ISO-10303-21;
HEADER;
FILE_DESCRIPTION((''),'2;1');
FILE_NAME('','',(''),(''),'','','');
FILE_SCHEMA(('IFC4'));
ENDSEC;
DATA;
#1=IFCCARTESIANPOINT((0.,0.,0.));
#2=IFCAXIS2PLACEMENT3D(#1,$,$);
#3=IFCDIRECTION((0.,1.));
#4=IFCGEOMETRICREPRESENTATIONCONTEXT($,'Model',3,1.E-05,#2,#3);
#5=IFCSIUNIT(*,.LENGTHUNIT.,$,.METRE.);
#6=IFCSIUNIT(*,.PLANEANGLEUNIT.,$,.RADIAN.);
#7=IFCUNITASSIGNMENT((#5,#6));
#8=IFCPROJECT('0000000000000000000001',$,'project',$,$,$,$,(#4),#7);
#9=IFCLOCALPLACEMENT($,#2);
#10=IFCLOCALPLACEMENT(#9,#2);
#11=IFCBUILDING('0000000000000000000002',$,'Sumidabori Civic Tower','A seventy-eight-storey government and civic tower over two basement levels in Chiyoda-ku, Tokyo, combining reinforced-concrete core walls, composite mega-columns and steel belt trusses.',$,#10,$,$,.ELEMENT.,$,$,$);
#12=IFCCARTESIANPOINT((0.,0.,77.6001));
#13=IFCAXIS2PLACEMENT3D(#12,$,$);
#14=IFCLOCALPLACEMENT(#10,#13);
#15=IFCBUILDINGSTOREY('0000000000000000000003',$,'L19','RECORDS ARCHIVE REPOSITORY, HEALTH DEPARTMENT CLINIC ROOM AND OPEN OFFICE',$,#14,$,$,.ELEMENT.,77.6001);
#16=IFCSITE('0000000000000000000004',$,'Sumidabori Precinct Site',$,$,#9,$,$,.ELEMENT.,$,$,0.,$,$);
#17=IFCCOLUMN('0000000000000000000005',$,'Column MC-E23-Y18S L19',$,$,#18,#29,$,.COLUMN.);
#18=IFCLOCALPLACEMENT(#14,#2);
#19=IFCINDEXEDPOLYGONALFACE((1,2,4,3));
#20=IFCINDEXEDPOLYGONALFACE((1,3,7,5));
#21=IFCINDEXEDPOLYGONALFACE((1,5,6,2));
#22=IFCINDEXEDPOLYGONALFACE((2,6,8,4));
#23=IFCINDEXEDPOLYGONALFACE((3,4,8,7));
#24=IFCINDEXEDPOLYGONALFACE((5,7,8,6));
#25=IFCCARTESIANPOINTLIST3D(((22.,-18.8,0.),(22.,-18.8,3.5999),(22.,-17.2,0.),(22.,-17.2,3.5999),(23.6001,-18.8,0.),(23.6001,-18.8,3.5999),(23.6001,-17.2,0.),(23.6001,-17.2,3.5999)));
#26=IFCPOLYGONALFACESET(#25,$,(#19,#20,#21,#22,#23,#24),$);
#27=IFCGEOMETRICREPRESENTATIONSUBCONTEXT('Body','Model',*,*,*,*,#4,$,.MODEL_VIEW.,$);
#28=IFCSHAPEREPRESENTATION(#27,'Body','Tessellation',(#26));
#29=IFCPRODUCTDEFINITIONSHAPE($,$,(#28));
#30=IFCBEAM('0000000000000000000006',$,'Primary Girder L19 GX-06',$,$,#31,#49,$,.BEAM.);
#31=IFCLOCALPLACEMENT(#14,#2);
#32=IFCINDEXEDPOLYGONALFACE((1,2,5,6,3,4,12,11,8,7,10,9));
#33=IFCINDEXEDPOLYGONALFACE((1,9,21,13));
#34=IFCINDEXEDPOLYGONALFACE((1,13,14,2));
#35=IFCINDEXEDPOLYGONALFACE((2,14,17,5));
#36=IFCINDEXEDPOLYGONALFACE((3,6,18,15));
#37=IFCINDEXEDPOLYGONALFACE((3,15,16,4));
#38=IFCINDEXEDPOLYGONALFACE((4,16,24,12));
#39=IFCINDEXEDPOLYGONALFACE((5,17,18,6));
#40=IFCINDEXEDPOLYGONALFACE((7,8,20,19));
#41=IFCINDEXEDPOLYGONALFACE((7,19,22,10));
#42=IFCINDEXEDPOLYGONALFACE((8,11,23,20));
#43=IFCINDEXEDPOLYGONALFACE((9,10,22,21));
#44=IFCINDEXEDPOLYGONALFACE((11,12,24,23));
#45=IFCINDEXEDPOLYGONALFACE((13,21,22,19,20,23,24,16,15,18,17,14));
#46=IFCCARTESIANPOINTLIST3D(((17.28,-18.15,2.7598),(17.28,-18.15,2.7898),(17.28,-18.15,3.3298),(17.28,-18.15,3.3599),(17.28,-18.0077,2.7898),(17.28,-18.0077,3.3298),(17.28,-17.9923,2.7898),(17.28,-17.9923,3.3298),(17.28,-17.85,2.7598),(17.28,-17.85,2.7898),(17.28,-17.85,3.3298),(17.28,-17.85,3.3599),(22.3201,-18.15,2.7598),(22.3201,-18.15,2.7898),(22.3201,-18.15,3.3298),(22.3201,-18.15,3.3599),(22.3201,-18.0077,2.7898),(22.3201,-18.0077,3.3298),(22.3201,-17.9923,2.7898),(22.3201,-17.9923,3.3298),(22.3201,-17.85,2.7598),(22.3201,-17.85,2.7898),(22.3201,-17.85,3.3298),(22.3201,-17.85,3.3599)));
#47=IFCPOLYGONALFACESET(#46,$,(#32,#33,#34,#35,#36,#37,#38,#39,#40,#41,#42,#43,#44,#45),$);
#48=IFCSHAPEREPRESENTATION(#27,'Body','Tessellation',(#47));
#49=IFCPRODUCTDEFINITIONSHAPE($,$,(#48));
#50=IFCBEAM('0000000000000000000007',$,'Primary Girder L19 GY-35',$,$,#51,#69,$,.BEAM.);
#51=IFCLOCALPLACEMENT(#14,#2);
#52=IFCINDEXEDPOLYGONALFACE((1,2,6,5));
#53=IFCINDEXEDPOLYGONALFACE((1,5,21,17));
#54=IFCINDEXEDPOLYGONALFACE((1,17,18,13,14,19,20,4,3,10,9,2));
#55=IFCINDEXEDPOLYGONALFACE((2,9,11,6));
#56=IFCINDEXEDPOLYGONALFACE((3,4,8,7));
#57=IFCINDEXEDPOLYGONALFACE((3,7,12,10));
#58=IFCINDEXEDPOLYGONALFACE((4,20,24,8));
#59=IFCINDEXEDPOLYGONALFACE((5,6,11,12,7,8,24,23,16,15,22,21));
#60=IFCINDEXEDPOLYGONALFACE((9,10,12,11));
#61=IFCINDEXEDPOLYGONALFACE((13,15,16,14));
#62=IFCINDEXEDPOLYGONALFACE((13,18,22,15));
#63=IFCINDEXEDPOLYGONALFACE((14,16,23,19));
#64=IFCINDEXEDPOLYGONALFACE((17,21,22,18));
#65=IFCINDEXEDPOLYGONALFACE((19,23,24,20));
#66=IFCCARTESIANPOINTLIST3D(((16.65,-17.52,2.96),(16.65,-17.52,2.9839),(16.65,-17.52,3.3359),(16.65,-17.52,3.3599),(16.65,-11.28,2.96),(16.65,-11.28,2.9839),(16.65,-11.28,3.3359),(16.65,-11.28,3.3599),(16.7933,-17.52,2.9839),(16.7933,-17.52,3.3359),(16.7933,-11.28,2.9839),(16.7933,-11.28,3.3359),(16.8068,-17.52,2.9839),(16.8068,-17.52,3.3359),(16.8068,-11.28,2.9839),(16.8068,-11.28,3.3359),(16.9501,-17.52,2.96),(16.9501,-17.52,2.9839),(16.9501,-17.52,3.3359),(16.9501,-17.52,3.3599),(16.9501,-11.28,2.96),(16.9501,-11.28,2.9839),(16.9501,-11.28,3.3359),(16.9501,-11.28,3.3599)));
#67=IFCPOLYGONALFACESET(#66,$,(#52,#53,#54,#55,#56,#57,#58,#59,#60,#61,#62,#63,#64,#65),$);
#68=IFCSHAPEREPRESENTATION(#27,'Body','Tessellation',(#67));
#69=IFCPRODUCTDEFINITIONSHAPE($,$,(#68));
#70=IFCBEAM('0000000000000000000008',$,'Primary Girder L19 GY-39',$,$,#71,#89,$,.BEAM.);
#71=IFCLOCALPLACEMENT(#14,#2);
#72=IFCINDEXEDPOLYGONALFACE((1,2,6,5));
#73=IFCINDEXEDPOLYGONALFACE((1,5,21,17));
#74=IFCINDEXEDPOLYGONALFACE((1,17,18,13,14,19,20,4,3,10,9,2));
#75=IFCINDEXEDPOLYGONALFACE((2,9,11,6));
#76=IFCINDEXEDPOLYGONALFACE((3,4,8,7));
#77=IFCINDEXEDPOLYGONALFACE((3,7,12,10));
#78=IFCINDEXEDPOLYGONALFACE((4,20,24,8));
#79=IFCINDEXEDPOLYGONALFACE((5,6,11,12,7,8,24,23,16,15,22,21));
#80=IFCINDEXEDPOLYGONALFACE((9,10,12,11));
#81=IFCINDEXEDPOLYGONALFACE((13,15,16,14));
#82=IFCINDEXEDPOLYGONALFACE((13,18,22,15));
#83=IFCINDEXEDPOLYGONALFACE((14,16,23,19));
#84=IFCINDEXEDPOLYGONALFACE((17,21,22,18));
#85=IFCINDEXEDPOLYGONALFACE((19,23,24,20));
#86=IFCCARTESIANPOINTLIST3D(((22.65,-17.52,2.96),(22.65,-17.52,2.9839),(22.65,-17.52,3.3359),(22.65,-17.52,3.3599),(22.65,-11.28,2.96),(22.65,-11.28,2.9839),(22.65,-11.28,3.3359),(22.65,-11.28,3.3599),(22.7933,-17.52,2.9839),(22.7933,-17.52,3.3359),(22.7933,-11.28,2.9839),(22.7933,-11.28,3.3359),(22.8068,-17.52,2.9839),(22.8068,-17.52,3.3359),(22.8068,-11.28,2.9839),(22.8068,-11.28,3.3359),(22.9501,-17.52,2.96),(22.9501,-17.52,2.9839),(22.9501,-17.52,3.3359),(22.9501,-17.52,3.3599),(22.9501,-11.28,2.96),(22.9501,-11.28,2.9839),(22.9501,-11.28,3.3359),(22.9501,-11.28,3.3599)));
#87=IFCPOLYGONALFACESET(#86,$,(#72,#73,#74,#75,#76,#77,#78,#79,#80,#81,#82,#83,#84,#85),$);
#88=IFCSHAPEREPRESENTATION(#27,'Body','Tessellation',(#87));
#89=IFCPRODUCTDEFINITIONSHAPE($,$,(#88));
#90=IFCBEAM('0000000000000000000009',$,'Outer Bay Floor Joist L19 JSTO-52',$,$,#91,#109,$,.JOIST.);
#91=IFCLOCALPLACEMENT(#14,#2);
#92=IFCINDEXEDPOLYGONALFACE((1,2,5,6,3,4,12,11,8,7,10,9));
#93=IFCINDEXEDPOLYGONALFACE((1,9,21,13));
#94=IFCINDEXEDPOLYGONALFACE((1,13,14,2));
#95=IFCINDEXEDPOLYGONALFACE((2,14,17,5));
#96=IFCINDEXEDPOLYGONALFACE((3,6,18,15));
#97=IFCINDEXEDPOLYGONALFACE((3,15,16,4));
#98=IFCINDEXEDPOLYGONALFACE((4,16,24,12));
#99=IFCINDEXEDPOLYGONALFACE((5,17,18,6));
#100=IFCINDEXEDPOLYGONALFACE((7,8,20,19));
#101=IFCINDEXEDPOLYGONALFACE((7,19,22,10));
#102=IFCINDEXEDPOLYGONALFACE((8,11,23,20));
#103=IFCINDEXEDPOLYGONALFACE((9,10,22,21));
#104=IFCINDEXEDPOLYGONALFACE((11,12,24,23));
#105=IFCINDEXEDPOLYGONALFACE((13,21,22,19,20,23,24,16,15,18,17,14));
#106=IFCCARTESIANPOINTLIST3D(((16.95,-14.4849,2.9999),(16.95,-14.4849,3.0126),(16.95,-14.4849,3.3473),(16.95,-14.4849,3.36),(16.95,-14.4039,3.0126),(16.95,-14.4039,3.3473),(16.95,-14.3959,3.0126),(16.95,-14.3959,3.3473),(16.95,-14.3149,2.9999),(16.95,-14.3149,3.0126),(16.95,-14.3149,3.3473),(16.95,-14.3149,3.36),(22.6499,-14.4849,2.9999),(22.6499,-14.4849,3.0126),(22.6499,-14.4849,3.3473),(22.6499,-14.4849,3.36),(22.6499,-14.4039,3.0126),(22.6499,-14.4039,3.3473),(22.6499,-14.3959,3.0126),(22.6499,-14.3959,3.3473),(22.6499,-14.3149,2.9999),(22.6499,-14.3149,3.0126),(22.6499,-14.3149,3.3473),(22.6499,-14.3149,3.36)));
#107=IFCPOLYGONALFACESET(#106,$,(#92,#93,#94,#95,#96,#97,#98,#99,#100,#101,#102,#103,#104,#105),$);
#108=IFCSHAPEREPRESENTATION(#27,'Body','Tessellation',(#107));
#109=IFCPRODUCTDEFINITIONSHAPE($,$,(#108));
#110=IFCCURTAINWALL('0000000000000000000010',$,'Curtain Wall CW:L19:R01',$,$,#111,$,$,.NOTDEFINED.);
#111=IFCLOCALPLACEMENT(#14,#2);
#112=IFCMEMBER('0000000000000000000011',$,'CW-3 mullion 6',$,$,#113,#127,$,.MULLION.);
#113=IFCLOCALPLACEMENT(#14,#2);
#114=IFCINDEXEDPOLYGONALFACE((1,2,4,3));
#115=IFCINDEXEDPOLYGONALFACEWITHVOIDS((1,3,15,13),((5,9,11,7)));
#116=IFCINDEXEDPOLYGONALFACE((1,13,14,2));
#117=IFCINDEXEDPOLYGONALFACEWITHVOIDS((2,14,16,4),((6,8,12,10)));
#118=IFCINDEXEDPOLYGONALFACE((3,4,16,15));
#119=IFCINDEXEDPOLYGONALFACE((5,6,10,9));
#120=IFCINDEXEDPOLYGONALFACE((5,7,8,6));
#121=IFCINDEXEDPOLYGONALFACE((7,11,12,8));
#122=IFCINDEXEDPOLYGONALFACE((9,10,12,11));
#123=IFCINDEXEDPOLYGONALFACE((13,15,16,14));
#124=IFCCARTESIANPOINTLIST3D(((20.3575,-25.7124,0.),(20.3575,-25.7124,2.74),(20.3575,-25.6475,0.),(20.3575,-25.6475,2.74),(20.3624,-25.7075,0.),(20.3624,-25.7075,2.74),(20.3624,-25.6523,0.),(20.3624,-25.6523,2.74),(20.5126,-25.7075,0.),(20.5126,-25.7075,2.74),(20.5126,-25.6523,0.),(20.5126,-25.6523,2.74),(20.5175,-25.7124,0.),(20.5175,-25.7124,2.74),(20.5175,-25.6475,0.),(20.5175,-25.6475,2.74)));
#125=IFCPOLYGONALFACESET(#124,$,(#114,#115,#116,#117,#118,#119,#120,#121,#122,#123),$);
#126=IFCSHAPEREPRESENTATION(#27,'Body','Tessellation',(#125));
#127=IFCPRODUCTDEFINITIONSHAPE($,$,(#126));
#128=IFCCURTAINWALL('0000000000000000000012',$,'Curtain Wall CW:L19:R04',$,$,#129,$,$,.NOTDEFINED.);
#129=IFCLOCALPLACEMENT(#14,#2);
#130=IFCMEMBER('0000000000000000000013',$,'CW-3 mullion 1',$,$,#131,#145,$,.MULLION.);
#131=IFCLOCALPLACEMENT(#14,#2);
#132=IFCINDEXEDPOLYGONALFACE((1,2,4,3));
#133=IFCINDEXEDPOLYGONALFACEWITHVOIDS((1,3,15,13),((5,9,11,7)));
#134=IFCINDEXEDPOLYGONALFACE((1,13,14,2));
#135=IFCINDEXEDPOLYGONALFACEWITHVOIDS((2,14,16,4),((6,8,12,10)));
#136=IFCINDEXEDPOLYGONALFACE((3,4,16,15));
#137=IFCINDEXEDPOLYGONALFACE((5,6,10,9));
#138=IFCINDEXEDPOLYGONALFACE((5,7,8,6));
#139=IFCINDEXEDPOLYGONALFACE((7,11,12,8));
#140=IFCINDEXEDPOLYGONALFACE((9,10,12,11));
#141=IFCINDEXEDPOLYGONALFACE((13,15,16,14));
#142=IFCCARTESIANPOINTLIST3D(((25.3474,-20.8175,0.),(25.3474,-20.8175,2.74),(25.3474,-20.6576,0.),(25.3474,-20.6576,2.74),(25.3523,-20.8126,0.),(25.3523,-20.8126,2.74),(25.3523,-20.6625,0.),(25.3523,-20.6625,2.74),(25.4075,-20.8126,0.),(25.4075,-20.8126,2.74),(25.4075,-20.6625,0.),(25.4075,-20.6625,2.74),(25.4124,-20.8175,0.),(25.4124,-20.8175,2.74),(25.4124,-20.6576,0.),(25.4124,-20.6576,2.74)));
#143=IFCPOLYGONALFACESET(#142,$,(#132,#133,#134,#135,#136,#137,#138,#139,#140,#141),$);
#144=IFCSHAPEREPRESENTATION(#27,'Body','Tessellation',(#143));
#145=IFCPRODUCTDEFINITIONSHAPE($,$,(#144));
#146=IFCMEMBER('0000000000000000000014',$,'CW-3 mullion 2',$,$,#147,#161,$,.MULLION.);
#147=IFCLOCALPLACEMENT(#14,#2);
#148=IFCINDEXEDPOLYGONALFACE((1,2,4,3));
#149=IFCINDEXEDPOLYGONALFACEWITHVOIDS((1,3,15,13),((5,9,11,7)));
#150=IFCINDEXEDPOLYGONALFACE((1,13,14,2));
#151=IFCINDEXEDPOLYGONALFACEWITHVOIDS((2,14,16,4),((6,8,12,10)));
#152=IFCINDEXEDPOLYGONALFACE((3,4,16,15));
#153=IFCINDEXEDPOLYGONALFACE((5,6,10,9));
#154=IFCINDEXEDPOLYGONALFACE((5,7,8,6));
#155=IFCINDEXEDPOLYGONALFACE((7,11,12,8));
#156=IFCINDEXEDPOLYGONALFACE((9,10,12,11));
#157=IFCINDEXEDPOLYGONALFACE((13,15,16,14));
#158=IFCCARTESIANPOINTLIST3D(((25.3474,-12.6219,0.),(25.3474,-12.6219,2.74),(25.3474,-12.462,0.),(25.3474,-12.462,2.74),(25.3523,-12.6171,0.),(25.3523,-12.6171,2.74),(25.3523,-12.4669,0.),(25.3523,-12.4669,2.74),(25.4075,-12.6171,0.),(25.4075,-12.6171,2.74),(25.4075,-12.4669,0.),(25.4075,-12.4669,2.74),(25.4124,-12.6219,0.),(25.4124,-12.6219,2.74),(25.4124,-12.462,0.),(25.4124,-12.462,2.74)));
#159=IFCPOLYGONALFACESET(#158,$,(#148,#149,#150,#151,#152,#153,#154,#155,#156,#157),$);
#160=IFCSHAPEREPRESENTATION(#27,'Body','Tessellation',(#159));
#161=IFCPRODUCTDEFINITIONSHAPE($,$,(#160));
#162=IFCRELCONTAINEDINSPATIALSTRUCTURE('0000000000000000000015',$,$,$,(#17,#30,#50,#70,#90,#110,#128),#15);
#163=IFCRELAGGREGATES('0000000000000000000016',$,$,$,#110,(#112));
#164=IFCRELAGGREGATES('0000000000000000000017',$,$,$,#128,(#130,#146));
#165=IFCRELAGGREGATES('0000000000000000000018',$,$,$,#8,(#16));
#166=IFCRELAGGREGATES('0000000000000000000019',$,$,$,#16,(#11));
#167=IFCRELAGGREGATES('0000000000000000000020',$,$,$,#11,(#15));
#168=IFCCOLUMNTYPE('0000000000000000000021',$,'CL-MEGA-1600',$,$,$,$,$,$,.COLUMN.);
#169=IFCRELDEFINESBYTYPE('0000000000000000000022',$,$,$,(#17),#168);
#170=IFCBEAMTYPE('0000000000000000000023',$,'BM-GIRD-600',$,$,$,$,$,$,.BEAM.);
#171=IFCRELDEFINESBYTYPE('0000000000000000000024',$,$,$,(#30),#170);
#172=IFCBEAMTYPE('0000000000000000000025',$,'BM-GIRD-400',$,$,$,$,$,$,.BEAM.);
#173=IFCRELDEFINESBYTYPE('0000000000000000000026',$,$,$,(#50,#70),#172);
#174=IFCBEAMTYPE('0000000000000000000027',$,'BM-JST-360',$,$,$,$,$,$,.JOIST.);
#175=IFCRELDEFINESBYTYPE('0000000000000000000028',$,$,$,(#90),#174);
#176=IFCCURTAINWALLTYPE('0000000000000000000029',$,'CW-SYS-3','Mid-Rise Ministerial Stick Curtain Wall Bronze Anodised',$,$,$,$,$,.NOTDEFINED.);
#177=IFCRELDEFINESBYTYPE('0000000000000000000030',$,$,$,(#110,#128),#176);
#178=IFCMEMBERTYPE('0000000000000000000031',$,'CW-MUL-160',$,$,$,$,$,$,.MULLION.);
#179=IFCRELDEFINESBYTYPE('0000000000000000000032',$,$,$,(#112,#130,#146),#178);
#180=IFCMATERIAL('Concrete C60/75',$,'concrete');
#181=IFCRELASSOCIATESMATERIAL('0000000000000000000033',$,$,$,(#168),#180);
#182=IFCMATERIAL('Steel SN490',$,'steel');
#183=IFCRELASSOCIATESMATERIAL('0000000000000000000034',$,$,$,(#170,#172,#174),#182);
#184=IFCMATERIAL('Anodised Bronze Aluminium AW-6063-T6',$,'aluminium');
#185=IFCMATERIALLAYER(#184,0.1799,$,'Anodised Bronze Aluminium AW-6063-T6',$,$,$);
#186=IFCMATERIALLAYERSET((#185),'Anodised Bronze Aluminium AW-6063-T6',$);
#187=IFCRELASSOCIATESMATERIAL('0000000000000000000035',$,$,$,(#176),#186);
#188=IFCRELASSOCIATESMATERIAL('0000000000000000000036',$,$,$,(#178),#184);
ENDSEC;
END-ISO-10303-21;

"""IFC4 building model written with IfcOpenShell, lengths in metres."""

from ifc_helpers import new_model, si_unit, direction, frame, origin, origin_2d, place, context, subcontext, project, spatial, rectangle, hollow_rectangle, i_section, extrude, source, transform, mapped, material, layer, layer_set, material_profile, profile_set, type_object, element, aggregate, save


model = new_model("IFC4")

# Units and contexts
model_context = context("Model", 3, precision=1e-05, world=origin(), true_north=direction((0.0, 1.0)))
body_context = subcontext(model_context, "Body", "Model", "MODEL_VIEW")
ifc_project = project(units=[si_unit("LENGTHUNIT", "METRE"), si_unit("PLANEANGLEUNIT", "RADIAN")], contexts=[model_context])

# Site, building, storey
site_placement = place(None, origin())
site = spatial("IfcSite", under=ifc_project, at=site_placement, Name="Sumidabori Precinct Site", CompositionType="ELEMENT", RefElevation=0.0)
building_placement = place(site_placement, origin())
building = spatial("IfcBuilding", under=site, at=building_placement, Name="Sumidabori Civic Tower", Description="A seventy-eight-storey government and civic tower over two basement levels in Chiyoda-ku, Tokyo, combining reinforced-concrete core walls, composite mega-columns and steel belt trusses.", CompositionType="ELEMENT")
storey_placement = place(building_placement, frame((0.0, 0.0, 77.6001)))
storey = spatial("IfcBuildingStorey", under=building, at=storey_placement, Name="L19", Description="RECORDS ARCHIVE REPOSITORY, HEALTH DEPARTMENT CLINIC ROOM AND OPEN OFFICE", CompositionType="ELEMENT", Elevation=77.6001)

# Column
ifc_material_1 = material(Name="Concrete C60/75", Category="concrete")
ifc_material_profile_1 = material_profile(ifc_material_1, rectangle(XDim=1.6001, YDim=1.6001, at=origin_2d()), Name="RC 1600x1600")
ifc_profile_set_1 = profile_set([ifc_material_profile_1], Name="Concrete C60/75")
column_type = type_object("IfcColumnType", Name="CL-MEGA-1600", PredefinedType="COLUMN", material=ifc_profile_set_1)
shared_shape_1 = source(origin(), body_context, "Body", "SweptSolid", [
    extrude(rectangle(XDim=1.6001, YDim=1.6001, at=origin_2d()), origin(), (0.0, 0.0, 1.0), 3.5999),
])
column_placement = place(storey_placement, frame((22.8, -18.0, 0.0), z_axis=(0.0, 0.0, 1.0), x_axis=(1.0, 0.0, 0.0)))
element("IfcColumn", 1, at=column_placement, inside=storey, type_object=column_type, Name="Column MC-E23-Y18S L19", PredefinedType="COLUMN", context=body_context, shape_type="MappedRepresentation", body=[
    mapped(shared_shape_1, transform((0.0, 0.0, 0.0), x_axis=(1.0, 0.0, 0.0), y_axis=(0.0, 1.0, 0.0), z_axis=(0.0, 0.0, 1.0), scale=1.0)),
])

# Beams
ifc_material_2 = material(Name="Steel SN490", Category="steel")
ifc_material_profile_2 = material_profile(ifc_material_2, i_section(OverallWidth=0.3, OverallDepth=0.6001, WebThickness=0.0154, FlangeThickness=0.03, at=origin_2d()), Name="HE 600 B")
ifc_profile_set_2 = profile_set([ifc_material_profile_2], Name="Steel SN490")
beam_type_1 = type_object("IfcBeamType", Name="BM-GIRD-600", PredefinedType="BEAM", material=ifc_profile_set_2)
shared_shape_2 = source(origin(), body_context, "Body", "SweptSolid", [
    extrude(i_section(OverallWidth=0.3, OverallDepth=0.6001, WebThickness=0.0154, FlangeThickness=0.03, at=origin_2d()), origin(), (0.0, 0.0, 1.0), 5.04),
])
beam_1_placement = place(storey_placement, frame((17.28, -18.0, 3.0598), z_axis=(1.0, 0.0, 0.0), x_axis=(0.0, 1.0, 0.0)))
element("IfcBeam", 2, at=beam_1_placement, inside=storey, type_object=beam_type_1, Name="Primary Girder L19 GX-06", PredefinedType="BEAM", context=body_context, shape_type="MappedRepresentation", body=[
    mapped(shared_shape_2, transform((0.0, 0.0, 0.0), x_axis=(1.0, 0.0, 0.0), y_axis=(0.0, 1.0, 0.0), z_axis=(0.0, 0.0, 1.0), scale=1.0)),
])
ifc_material_profile_3 = material_profile(ifc_material_2, i_section(OverallWidth=0.3, OverallDepth=0.3999, WebThickness=0.0134, FlangeThickness=0.0239, at=origin_2d()), Name="HE 400 B")
ifc_profile_set_3 = profile_set([ifc_material_profile_3], Name="Steel SN490")
beam_type_2 = type_object("IfcBeamType", Name="BM-GIRD-400", PredefinedType="BEAM", material=ifc_profile_set_3)
shared_shape_3 = source(origin(), body_context, "Body", "SweptSolid", [
    extrude(i_section(OverallWidth=0.3, OverallDepth=0.3999, WebThickness=0.0134, FlangeThickness=0.0239, at=origin_2d()), origin(), (0.0, 0.0, 1.0), 6.24),
])
for number, where, z_axis, x_axis, name in (
    (3, (16.8, -17.52, 3.1599), (0.0, 1.0, 0.0), (-1.0, 0.0, 0.0), "Primary Girder L19 GY-35"),
    (4, (22.8, -17.52, 3.1599), (0.0, 1.0, 0.0), (-1.0, 0.0, 0.0), "Primary Girder L19 GY-39"),
):
    element("IfcBeam", number, at=place(storey_placement, frame(where, z_axis=z_axis, x_axis=x_axis)), inside=storey, type_object=beam_type_2, Name=name, PredefinedType="BEAM", context=body_context, shape_type="MappedRepresentation", body=[
        mapped(shared_shape_3, transform((0.0, 0.0, 0.0), x_axis=(1.0, 0.0, 0.0), y_axis=(0.0, 1.0, 0.0), z_axis=(0.0, 0.0, 1.0), scale=1.0)),
    ])
ifc_material_profile_4 = material_profile(ifc_material_2, i_section(OverallWidth=0.1699, OverallDepth=0.3601, WebThickness=0.0081, FlangeThickness=0.0127, at=origin_2d()), Name="IPE 360")
ifc_profile_set_4 = profile_set([ifc_material_profile_4], Name="Steel SN490")
beam_type_3 = type_object("IfcBeamType", Name="BM-JST-360", PredefinedType="JOIST", material=ifc_profile_set_4)
shared_shape_4 = source(origin(), body_context, "Body", "SweptSolid", [
    extrude(i_section(OverallWidth=0.1699, OverallDepth=0.3601, WebThickness=0.0081, FlangeThickness=0.0127, at=origin_2d()), origin(), (0.0, 0.0, 1.0), 5.7),
])
beam_2_placement = place(storey_placement, frame((16.95, -14.3999, 3.1799), z_axis=(1.0, 0.0, 0.0), x_axis=(0.0, 1.0, 0.0)))
element("IfcBeam", 5, at=beam_2_placement, inside=storey, type_object=beam_type_3, Name="Outer Bay Floor Joist L19 JSTO-52", PredefinedType="JOIST", context=body_context, shape_type="MappedRepresentation", body=[
    mapped(shared_shape_4, transform((0.0, 0.0, 0.0), x_axis=(1.0, 0.0, 0.0), y_axis=(0.0, 1.0, 0.0), z_axis=(0.0, 0.0, 1.0), scale=1.0)),
])

# Curtain wall, member
ifc_material_3 = material(Name="Anodised Bronze Aluminium AW-6063-T6", Category="aluminium")
ifc_layer_1 = layer(ifc_material_3, 0.1799, Name="Anodised Bronze Aluminium AW-6063-T6")
ifc_layer_set_1 = layer_set([ifc_layer_1], Name="Anodised Bronze Aluminium AW-6063-T6")
curtain_wall_type = type_object("IfcCurtainWallType", Name="CW-SYS-3", Description="Mid-Rise Ministerial Stick Curtain Wall Bronze Anodised", PredefinedType="NOTDEFINED", material=ifc_layer_set_1)
curtain_wall_1_placement = place(storey_placement, origin())
curtain_wall_1 = element("IfcCurtainWall", 6, at=curtain_wall_1_placement, inside=storey, type_object=curtain_wall_type, Name="Curtain Wall CW:L19:R01", PredefinedType="NOTDEFINED")
ifc_material_profile_5 = material_profile(ifc_material_3, hollow_rectangle(XDim=0.0649, YDim=0.1599, WallThickness=0.0049, at=origin_2d()), Name="ALU MULLION 160x65")
ifc_profile_set_5 = profile_set([ifc_material_profile_5], Name="Anodised Bronze Aluminium AW-6063-T6")
member_type_1 = type_object("IfcMemberType", Name="CW-MUL-160", PredefinedType="MULLION", material=ifc_profile_set_5)
shared_shape_5 = source(origin(), body_context, "Body", "SweptSolid", [
    extrude(hollow_rectangle(XDim=0.0649, YDim=0.1599, WallThickness=0.0049, at=origin_2d()), origin(), (0.0, 0.0, 1.0), 2.74),
])
member_1_placement = place(storey_placement, frame((20.4375, -25.6799, 0.0), z_axis=(0.0, 0.0, 1.0), x_axis=(0.0, 1.0, 0.0)))
member_1 = element("IfcMember", 7, at=member_1_placement, type_object=member_type_1, Name="CW-3 mullion 6", PredefinedType="MULLION", context=body_context, shape_type="MappedRepresentation", body=[
    mapped(shared_shape_5, transform((0.0, 0.0, 0.0), x_axis=(1.0, 0.0, 0.0), y_axis=(0.0, 1.0, 0.0), z_axis=(0.0, 0.0, 1.0), scale=1.0)),
])
aggregate(curtain_wall_1, [member_1])

# Curtain wall, members
curtain_wall_2_placement = place(storey_placement, origin())
curtain_wall_2 = element("IfcCurtainWall", 8, at=curtain_wall_2_placement, inside=storey, type_object=curtain_wall_type, Name="Curtain Wall CW:L19:R04", PredefinedType="NOTDEFINED")
member_2_placement = place(storey_placement, frame((25.3799, -20.7375, 0.0), z_axis=(0.0, 0.0, 1.0), x_axis=(-1.0, 0.0, 0.0)))
member_2 = element("IfcMember", 9, at=member_2_placement, type_object=member_type_1, Name="CW-3 mullion 1", PredefinedType="MULLION", context=body_context, shape_type="MappedRepresentation", body=[
    mapped(shared_shape_5, transform((0.0, 0.0, 0.0), x_axis=(1.0, 0.0, 0.0), y_axis=(0.0, 1.0, 0.0), z_axis=(0.0, 0.0, 1.0), scale=1.0)),
])
member_3_placement = place(storey_placement, frame((25.3799, -12.542, 0.0), z_axis=(0.0, 0.0, 1.0), x_axis=(-1.0, 0.0, 0.0)))
member_3 = element("IfcMember", 10, at=member_3_placement, type_object=member_type_1, Name="CW-3 mullion 2", PredefinedType="MULLION", context=body_context, shape_type="MappedRepresentation", body=[
    mapped(shared_shape_5, transform((0.0, 0.0, 0.0), x_axis=(1.0, 0.0, 0.0), y_axis=(0.0, 1.0, 0.0), z_axis=(0.0, 0.0, 1.0), scale=1.0)),
])
aggregate(curtain_wall_2, [member_2, member_3])

save(model, "model.ifc")
